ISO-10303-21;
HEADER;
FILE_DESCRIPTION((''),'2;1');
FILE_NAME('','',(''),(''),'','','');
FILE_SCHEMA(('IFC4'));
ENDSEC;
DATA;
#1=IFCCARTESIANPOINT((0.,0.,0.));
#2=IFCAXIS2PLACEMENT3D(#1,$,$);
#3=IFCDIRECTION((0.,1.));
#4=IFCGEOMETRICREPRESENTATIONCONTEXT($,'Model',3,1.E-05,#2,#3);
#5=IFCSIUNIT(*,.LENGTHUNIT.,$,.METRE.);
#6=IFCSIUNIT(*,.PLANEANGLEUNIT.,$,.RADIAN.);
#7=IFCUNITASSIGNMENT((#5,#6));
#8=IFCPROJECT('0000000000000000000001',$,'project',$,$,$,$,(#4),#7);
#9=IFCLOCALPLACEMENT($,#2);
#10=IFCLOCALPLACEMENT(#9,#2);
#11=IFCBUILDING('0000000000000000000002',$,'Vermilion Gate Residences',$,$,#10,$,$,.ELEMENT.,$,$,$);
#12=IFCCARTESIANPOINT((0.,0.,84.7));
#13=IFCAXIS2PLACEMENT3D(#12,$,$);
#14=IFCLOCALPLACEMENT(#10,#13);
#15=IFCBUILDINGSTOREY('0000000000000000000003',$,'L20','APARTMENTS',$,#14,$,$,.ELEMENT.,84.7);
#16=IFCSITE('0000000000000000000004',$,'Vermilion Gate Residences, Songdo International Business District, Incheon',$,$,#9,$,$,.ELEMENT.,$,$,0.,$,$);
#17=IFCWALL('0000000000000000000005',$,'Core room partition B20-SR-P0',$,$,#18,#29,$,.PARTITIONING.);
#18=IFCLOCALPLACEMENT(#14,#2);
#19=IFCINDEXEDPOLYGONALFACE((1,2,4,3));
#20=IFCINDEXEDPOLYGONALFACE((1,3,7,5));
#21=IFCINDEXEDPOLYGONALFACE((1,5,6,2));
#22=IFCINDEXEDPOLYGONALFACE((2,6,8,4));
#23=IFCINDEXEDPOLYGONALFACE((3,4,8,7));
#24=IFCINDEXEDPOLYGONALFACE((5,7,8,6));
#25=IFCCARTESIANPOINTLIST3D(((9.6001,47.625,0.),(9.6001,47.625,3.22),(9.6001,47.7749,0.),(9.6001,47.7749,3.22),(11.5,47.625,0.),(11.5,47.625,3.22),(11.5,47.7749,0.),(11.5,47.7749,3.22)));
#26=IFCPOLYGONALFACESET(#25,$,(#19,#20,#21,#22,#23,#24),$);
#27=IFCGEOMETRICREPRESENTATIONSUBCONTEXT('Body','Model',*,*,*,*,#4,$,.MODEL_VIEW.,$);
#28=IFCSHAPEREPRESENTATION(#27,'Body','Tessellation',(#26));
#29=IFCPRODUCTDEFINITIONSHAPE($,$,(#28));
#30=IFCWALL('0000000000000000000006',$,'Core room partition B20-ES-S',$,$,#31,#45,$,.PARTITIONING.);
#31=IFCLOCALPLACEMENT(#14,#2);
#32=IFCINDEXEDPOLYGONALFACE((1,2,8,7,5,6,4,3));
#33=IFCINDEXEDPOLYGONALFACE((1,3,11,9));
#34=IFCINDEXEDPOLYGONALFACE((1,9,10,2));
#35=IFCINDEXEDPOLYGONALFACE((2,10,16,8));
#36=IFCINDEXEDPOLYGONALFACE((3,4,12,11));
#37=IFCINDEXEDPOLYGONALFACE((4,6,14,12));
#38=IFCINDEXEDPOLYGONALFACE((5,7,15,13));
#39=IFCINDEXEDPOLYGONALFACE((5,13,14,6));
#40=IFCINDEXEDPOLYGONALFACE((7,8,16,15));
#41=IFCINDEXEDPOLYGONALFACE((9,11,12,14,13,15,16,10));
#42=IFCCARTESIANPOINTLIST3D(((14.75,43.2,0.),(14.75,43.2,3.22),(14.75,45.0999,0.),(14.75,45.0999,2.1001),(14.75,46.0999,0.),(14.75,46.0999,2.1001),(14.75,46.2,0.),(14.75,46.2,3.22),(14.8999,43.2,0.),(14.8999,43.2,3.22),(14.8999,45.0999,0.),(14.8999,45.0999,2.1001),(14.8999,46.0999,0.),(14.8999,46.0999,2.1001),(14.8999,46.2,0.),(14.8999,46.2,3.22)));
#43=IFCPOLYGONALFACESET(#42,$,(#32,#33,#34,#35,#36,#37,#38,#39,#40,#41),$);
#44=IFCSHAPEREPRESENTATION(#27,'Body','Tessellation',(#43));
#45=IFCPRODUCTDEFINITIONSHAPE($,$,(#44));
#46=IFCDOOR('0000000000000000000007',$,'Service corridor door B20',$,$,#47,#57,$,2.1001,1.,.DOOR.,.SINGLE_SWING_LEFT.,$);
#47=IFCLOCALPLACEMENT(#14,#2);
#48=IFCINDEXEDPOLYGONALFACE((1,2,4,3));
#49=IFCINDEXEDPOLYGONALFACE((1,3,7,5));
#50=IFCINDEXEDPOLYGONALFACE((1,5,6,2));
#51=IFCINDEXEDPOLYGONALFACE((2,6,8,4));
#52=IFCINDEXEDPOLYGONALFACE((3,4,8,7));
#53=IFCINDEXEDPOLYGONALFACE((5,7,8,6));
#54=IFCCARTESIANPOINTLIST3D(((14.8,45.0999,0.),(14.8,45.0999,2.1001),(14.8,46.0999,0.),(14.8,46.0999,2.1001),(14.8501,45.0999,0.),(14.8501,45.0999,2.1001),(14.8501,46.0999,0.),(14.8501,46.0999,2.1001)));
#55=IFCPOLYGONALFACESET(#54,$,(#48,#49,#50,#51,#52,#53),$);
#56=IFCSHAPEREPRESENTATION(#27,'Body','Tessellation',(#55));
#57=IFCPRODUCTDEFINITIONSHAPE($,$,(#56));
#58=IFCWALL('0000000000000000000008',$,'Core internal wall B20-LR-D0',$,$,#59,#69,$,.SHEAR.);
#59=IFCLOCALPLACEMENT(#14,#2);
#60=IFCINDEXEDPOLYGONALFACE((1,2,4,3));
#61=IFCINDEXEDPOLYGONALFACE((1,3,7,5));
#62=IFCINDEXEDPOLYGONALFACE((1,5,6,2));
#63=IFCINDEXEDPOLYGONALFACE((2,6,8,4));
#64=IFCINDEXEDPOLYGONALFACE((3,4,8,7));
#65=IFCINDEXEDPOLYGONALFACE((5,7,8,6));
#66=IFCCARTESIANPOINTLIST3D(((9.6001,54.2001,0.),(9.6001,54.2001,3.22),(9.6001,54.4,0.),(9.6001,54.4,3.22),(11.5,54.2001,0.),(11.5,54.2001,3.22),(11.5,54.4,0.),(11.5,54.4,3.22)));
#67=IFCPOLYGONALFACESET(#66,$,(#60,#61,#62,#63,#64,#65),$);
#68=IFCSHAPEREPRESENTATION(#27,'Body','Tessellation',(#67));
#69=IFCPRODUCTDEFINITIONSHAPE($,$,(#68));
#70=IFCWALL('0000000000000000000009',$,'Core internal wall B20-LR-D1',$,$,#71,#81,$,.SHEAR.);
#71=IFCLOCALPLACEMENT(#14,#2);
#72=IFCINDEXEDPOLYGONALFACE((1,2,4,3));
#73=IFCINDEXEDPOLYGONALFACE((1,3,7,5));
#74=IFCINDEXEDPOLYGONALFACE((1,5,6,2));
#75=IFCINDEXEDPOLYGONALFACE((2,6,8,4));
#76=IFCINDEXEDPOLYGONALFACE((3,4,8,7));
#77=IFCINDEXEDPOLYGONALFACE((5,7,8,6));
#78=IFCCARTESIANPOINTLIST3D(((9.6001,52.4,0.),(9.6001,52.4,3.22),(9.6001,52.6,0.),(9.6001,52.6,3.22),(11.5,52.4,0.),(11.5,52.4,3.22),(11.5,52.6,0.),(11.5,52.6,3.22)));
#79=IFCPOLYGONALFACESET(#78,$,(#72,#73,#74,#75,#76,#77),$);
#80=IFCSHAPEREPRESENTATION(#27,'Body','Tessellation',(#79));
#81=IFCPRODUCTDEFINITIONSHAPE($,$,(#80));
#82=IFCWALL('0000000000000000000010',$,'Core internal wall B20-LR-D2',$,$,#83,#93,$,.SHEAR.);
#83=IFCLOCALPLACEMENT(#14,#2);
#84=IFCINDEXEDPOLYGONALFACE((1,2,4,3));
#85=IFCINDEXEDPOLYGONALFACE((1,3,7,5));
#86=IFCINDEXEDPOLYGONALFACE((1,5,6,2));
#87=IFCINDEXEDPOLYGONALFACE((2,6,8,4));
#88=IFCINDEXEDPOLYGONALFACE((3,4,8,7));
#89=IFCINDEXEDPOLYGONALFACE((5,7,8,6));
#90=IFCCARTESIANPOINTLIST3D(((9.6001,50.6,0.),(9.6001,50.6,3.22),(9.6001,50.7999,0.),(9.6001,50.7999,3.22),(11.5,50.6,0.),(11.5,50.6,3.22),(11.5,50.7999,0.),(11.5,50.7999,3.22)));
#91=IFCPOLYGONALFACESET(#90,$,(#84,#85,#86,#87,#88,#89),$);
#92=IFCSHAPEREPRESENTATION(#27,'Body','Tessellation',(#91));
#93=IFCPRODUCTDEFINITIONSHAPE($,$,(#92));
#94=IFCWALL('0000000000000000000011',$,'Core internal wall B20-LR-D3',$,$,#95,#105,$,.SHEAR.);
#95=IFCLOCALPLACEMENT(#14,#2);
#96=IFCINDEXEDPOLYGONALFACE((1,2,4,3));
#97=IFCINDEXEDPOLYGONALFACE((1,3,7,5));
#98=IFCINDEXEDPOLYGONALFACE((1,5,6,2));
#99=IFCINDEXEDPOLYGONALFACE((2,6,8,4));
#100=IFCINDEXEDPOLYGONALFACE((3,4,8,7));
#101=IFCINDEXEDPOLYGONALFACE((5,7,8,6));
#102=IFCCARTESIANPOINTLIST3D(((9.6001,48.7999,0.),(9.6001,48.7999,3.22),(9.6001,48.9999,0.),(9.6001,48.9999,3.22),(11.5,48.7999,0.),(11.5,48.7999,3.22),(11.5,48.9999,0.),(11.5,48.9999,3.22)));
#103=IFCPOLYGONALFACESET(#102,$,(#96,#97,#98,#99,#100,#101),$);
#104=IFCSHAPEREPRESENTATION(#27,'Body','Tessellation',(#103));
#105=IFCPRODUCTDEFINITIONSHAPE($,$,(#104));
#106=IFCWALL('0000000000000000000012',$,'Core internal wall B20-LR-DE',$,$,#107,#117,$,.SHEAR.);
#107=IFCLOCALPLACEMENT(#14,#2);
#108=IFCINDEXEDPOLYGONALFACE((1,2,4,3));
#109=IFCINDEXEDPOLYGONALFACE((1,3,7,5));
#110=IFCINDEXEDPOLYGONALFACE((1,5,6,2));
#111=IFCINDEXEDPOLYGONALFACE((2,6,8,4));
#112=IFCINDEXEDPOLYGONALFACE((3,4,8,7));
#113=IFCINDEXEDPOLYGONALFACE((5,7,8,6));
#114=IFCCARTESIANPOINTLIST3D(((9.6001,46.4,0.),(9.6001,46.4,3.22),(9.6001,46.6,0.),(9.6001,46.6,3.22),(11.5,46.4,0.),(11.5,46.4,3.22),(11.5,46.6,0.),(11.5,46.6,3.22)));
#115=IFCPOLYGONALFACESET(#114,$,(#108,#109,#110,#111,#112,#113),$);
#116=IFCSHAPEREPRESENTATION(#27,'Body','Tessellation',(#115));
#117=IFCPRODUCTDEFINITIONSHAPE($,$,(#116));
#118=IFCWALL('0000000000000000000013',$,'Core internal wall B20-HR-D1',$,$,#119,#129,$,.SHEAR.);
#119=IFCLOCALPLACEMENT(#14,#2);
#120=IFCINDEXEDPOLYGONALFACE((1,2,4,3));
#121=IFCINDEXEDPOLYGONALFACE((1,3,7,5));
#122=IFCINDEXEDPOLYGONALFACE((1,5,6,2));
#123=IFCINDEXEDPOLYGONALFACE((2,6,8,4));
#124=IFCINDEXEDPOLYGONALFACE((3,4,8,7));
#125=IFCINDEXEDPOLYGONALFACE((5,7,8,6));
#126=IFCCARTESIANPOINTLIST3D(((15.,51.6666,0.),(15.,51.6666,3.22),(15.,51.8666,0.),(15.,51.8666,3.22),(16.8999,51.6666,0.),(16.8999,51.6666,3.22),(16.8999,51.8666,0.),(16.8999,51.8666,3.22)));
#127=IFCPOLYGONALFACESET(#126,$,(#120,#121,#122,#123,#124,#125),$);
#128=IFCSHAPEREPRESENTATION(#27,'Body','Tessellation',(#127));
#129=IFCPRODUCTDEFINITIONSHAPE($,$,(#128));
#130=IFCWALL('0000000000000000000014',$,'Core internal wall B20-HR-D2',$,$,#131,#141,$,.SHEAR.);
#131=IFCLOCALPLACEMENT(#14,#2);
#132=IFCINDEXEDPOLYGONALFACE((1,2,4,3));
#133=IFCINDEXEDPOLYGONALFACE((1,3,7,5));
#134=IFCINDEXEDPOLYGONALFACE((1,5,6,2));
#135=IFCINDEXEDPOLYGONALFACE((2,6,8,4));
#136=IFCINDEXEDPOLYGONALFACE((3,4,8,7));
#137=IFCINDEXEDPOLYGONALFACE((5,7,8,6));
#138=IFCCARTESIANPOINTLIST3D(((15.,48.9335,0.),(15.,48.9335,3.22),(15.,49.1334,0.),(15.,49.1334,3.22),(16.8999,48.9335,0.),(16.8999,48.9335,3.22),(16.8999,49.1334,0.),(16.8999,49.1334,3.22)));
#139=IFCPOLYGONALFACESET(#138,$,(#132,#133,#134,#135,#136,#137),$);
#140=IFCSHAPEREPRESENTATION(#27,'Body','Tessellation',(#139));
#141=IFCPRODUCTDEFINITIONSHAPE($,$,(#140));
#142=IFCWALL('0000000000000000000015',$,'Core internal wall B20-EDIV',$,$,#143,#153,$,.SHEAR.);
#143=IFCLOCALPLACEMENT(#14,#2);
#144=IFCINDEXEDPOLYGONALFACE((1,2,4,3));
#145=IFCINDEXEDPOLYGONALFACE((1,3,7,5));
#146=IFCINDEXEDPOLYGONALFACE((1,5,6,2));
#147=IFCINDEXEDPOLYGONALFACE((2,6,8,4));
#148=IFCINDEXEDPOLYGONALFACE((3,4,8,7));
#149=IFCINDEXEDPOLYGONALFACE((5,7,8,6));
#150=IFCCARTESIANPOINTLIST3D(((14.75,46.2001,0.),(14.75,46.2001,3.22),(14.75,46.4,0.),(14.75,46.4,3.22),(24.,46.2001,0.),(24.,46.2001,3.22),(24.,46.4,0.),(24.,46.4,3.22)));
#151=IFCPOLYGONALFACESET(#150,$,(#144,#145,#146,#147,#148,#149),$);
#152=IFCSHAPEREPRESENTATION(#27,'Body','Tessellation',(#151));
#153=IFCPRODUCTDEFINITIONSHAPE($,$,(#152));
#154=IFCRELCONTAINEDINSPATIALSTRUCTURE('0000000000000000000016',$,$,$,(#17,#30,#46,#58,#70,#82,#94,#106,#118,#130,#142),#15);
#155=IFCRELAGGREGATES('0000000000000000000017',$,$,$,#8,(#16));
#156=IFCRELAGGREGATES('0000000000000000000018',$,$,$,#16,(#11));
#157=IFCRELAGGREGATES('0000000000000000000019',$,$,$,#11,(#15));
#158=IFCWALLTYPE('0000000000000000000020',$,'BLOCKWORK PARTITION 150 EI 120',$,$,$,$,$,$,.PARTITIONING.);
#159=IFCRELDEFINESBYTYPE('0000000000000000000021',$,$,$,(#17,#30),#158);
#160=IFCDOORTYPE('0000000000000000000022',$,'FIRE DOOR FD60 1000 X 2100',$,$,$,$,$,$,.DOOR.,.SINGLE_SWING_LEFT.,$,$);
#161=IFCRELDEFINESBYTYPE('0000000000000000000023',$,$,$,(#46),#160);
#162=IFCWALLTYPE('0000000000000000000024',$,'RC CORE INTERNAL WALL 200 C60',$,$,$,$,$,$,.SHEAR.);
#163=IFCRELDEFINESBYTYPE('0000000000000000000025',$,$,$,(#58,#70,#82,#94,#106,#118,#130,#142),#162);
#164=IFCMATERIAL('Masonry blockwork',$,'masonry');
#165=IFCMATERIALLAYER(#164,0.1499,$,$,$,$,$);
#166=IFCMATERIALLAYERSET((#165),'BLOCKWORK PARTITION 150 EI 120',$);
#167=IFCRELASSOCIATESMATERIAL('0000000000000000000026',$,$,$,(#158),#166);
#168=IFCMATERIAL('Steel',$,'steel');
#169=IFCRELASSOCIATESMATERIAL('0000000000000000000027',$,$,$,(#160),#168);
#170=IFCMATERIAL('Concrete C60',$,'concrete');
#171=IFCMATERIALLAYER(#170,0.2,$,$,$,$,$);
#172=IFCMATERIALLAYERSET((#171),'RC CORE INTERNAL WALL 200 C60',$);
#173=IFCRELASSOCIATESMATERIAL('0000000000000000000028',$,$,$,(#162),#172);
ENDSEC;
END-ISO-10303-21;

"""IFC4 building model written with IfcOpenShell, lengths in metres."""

from ifc_helpers import new_model, si_unit, direction, frame, frame_2d, origin, place, context, subcontext, project, spatial, rectangle, extrude, material, layer, layer_set, type_object, element, fill, save


model = new_model("IFC4")

# Units and contexts
model_context = context("Model", 3, precision=1e-05, world=origin(), true_north=direction((0.0, 1.0)))
body_context = subcontext(model_context, "Body", "Model", "MODEL_VIEW")
ifc_project = project(units=[si_unit("LENGTHUNIT", "METRE"), si_unit("PLANEANGLEUNIT", "RADIAN")], contexts=[model_context])

# Site, building, storey
site_placement = place(None, origin())
site = spatial("IfcSite", under=ifc_project, at=site_placement, Name="Vermilion Gate Residences, Songdo International Business District, Incheon", CompositionType="ELEMENT", RefElevation=0.0)
building_placement = place(site_placement, origin())
building = spatial("IfcBuilding", under=site, at=building_placement, Name="Vermilion Gate Residences", CompositionType="ELEMENT")
storey_placement = place(building_placement, frame((0.0, 0.0, 84.7)))
storey = spatial("IfcBuildingStorey", under=building, at=storey_placement, Name="L20", Description="APARTMENTS", CompositionType="ELEMENT", Elevation=84.7)

# Wall
ifc_material_1 = material(Name="Masonry blockwork", Category="masonry")
ifc_layer_1 = layer(ifc_material_1, 0.1499)
ifc_layer_set_1 = layer_set([ifc_layer_1], Name="BLOCKWORK PARTITION 150 EI 120")
wall_type_1 = type_object("IfcWallType", Name="BLOCKWORK PARTITION 150 EI 120", PredefinedType="PARTITIONING", material=ifc_layer_set_1)
wall_1_placement = place(storey_placement, frame((9.6001, 47.7, 0.0), z_axis=(0.0, 0.0, 1.0), x_axis=(1.0, 0.0, 0.0)))
element("IfcWall", 1, at=wall_1_placement, inside=storey, type_object=wall_type_1, Name="Core room partition B20-SR-P0", PredefinedType="PARTITIONING", context=body_context, shape_type="SweptSolid", body=[
    extrude(rectangle(XDim=1.8999, YDim=0.1499, at=frame_2d((0.95, 0.0))), origin(), (0.0, 0.0, 1.0), 3.22),
])

# Wall, opening, door
wall_2_placement = place(storey_placement, frame((14.825, 46.2, 0.0), z_axis=(0.0, 0.0, 1.0), x_axis=(0.0, -1.0, 0.0)))
wall_2 = element("IfcWall", 2, at=wall_2_placement, inside=storey, type_object=wall_type_1, Name="Core room partition B20-ES-S", PredefinedType="PARTITIONING", context=body_context, shape_type="SweptSolid", body=[
    extrude(rectangle(XDim=3.0, YDim=0.1499, at=frame_2d((1.5, 0.0))), origin(), (0.0, 0.0, 1.0), 3.22),
])
opening_placement = place(wall_2_placement, frame((0.1001, 0.0, 0.0)))
opening = element("IfcOpeningElement", 3, at=opening_placement, cuts=wall_2, PredefinedType="OPENING", context=body_context, shape_type="SweptSolid", body=[
    extrude(rectangle(XDim=1.0, YDim=2.1001, at=frame_2d((0.5, 1.05))), frame((0.0, 0.085, 0.0), z_axis=(0.0, -1.0, 0.0), x_axis=(1.0, 0.0, 0.0)), (0.0, 0.0, 1.0), 0.1699),
])
ifc_material_2 = material(Name="Steel", Category="steel")
door_type = type_object("IfcDoorType", Name="FIRE DOOR FD60 1000 X 2100", OperationType="SINGLE_SWING_LEFT", PredefinedType="DOOR", material=ifc_material_2)
door_placement = place(opening_placement, frame((1.0, 0.0, 0.0), z_axis=(0.0, 0.0, 1.0), x_axis=(-1.0, 0.0, 0.0)))
door = element("IfcDoor", 4, at=door_placement, inside=storey, type_object=door_type, Name="Service corridor door B20", OperationType="SINGLE_SWING_LEFT", OverallHeight=2.1001, OverallWidth=1.0, PredefinedType="DOOR", context=body_context, shape_type="SweptSolid", body=[
    extrude(rectangle(XDim=1.0, YDim=2.1001, at=frame_2d((0.5, 1.05))), frame((0.0, 0.0249, 0.0), z_axis=(0.0, -1.0, 0.0), x_axis=(1.0, 0.0, 0.0)), (0.0, 0.0, 1.0), 0.05),
])
fill(opening, door)

# Walls
ifc_material_3 = material(Name="Concrete C60", Category="concrete")
ifc_layer_2 = layer(ifc_material_3, 0.2)
ifc_layer_set_2 = layer_set([ifc_layer_2], Name="RC CORE INTERNAL WALL 200 C60")
wall_type_2 = type_object("IfcWallType", Name="RC CORE INTERNAL WALL 200 C60", PredefinedType="SHEAR", material=ifc_layer_set_2)
for number, where, z_axis, x_axis, name in (
    (5, (9.6001, 54.3, 0.0), (0.0, 0.0, 1.0), (1.0, 0.0, 0.0), "Core internal wall B20-LR-D0"),
    (6, (9.6001, 52.5, 0.0), (0.0, 0.0, 1.0), (1.0, 0.0, 0.0), "Core internal wall B20-LR-D1"),
    (7, (9.6001, 50.7, 0.0), (0.0, 0.0, 1.0), (1.0, 0.0, 0.0), "Core internal wall B20-LR-D2"),
    (8, (9.6001, 48.8999, 0.0), (0.0, 0.0, 1.0), (1.0, 0.0, 0.0), "Core internal wall B20-LR-D3"),
    (9, (9.6001, 46.5, 0.0), (0.0, 0.0, 1.0), (1.0, 0.0, 0.0), "Core internal wall B20-LR-DE"),
    (10, (15.0, 51.7666, 0.0), (0.0, 0.0, 1.0), (1.0, 0.0, 0.0), "Core internal wall B20-HR-D1"),
    (11, (15.0, 49.0334, 0.0), (0.0, 0.0, 1.0), (1.0, 0.0, 0.0), "Core internal wall B20-HR-D2"),
):
    element("IfcWall", number, at=place(storey_placement, frame(where, z_axis=z_axis, x_axis=x_axis)), inside=storey, type_object=wall_type_2, Name=name, PredefinedType="SHEAR", context=body_context, shape_type="SweptSolid", body=[
        extrude(rectangle(XDim=1.8999, YDim=0.2, at=frame_2d((0.95, 0.0))), origin(), (0.0, 0.0, 1.0), 3.22),
    ])
wall_3_placement = place(storey_placement, frame((14.75, 46.3, 0.0), z_axis=(0.0, 0.0, 1.0), x_axis=(1.0, 0.0, 0.0)))
element("IfcWall", 12, at=wall_3_placement, inside=storey, type_object=wall_type_2, Name="Core internal wall B20-EDIV", PredefinedType="SHEAR", context=body_context, shape_type="SweptSolid", body=[
    extrude(rectangle(XDim=9.25, YDim=0.2, at=frame_2d((4.625, 0.0))), origin(), (0.0, 0.0, 1.0), 3.22),
])

save(model, "model.ifc")
